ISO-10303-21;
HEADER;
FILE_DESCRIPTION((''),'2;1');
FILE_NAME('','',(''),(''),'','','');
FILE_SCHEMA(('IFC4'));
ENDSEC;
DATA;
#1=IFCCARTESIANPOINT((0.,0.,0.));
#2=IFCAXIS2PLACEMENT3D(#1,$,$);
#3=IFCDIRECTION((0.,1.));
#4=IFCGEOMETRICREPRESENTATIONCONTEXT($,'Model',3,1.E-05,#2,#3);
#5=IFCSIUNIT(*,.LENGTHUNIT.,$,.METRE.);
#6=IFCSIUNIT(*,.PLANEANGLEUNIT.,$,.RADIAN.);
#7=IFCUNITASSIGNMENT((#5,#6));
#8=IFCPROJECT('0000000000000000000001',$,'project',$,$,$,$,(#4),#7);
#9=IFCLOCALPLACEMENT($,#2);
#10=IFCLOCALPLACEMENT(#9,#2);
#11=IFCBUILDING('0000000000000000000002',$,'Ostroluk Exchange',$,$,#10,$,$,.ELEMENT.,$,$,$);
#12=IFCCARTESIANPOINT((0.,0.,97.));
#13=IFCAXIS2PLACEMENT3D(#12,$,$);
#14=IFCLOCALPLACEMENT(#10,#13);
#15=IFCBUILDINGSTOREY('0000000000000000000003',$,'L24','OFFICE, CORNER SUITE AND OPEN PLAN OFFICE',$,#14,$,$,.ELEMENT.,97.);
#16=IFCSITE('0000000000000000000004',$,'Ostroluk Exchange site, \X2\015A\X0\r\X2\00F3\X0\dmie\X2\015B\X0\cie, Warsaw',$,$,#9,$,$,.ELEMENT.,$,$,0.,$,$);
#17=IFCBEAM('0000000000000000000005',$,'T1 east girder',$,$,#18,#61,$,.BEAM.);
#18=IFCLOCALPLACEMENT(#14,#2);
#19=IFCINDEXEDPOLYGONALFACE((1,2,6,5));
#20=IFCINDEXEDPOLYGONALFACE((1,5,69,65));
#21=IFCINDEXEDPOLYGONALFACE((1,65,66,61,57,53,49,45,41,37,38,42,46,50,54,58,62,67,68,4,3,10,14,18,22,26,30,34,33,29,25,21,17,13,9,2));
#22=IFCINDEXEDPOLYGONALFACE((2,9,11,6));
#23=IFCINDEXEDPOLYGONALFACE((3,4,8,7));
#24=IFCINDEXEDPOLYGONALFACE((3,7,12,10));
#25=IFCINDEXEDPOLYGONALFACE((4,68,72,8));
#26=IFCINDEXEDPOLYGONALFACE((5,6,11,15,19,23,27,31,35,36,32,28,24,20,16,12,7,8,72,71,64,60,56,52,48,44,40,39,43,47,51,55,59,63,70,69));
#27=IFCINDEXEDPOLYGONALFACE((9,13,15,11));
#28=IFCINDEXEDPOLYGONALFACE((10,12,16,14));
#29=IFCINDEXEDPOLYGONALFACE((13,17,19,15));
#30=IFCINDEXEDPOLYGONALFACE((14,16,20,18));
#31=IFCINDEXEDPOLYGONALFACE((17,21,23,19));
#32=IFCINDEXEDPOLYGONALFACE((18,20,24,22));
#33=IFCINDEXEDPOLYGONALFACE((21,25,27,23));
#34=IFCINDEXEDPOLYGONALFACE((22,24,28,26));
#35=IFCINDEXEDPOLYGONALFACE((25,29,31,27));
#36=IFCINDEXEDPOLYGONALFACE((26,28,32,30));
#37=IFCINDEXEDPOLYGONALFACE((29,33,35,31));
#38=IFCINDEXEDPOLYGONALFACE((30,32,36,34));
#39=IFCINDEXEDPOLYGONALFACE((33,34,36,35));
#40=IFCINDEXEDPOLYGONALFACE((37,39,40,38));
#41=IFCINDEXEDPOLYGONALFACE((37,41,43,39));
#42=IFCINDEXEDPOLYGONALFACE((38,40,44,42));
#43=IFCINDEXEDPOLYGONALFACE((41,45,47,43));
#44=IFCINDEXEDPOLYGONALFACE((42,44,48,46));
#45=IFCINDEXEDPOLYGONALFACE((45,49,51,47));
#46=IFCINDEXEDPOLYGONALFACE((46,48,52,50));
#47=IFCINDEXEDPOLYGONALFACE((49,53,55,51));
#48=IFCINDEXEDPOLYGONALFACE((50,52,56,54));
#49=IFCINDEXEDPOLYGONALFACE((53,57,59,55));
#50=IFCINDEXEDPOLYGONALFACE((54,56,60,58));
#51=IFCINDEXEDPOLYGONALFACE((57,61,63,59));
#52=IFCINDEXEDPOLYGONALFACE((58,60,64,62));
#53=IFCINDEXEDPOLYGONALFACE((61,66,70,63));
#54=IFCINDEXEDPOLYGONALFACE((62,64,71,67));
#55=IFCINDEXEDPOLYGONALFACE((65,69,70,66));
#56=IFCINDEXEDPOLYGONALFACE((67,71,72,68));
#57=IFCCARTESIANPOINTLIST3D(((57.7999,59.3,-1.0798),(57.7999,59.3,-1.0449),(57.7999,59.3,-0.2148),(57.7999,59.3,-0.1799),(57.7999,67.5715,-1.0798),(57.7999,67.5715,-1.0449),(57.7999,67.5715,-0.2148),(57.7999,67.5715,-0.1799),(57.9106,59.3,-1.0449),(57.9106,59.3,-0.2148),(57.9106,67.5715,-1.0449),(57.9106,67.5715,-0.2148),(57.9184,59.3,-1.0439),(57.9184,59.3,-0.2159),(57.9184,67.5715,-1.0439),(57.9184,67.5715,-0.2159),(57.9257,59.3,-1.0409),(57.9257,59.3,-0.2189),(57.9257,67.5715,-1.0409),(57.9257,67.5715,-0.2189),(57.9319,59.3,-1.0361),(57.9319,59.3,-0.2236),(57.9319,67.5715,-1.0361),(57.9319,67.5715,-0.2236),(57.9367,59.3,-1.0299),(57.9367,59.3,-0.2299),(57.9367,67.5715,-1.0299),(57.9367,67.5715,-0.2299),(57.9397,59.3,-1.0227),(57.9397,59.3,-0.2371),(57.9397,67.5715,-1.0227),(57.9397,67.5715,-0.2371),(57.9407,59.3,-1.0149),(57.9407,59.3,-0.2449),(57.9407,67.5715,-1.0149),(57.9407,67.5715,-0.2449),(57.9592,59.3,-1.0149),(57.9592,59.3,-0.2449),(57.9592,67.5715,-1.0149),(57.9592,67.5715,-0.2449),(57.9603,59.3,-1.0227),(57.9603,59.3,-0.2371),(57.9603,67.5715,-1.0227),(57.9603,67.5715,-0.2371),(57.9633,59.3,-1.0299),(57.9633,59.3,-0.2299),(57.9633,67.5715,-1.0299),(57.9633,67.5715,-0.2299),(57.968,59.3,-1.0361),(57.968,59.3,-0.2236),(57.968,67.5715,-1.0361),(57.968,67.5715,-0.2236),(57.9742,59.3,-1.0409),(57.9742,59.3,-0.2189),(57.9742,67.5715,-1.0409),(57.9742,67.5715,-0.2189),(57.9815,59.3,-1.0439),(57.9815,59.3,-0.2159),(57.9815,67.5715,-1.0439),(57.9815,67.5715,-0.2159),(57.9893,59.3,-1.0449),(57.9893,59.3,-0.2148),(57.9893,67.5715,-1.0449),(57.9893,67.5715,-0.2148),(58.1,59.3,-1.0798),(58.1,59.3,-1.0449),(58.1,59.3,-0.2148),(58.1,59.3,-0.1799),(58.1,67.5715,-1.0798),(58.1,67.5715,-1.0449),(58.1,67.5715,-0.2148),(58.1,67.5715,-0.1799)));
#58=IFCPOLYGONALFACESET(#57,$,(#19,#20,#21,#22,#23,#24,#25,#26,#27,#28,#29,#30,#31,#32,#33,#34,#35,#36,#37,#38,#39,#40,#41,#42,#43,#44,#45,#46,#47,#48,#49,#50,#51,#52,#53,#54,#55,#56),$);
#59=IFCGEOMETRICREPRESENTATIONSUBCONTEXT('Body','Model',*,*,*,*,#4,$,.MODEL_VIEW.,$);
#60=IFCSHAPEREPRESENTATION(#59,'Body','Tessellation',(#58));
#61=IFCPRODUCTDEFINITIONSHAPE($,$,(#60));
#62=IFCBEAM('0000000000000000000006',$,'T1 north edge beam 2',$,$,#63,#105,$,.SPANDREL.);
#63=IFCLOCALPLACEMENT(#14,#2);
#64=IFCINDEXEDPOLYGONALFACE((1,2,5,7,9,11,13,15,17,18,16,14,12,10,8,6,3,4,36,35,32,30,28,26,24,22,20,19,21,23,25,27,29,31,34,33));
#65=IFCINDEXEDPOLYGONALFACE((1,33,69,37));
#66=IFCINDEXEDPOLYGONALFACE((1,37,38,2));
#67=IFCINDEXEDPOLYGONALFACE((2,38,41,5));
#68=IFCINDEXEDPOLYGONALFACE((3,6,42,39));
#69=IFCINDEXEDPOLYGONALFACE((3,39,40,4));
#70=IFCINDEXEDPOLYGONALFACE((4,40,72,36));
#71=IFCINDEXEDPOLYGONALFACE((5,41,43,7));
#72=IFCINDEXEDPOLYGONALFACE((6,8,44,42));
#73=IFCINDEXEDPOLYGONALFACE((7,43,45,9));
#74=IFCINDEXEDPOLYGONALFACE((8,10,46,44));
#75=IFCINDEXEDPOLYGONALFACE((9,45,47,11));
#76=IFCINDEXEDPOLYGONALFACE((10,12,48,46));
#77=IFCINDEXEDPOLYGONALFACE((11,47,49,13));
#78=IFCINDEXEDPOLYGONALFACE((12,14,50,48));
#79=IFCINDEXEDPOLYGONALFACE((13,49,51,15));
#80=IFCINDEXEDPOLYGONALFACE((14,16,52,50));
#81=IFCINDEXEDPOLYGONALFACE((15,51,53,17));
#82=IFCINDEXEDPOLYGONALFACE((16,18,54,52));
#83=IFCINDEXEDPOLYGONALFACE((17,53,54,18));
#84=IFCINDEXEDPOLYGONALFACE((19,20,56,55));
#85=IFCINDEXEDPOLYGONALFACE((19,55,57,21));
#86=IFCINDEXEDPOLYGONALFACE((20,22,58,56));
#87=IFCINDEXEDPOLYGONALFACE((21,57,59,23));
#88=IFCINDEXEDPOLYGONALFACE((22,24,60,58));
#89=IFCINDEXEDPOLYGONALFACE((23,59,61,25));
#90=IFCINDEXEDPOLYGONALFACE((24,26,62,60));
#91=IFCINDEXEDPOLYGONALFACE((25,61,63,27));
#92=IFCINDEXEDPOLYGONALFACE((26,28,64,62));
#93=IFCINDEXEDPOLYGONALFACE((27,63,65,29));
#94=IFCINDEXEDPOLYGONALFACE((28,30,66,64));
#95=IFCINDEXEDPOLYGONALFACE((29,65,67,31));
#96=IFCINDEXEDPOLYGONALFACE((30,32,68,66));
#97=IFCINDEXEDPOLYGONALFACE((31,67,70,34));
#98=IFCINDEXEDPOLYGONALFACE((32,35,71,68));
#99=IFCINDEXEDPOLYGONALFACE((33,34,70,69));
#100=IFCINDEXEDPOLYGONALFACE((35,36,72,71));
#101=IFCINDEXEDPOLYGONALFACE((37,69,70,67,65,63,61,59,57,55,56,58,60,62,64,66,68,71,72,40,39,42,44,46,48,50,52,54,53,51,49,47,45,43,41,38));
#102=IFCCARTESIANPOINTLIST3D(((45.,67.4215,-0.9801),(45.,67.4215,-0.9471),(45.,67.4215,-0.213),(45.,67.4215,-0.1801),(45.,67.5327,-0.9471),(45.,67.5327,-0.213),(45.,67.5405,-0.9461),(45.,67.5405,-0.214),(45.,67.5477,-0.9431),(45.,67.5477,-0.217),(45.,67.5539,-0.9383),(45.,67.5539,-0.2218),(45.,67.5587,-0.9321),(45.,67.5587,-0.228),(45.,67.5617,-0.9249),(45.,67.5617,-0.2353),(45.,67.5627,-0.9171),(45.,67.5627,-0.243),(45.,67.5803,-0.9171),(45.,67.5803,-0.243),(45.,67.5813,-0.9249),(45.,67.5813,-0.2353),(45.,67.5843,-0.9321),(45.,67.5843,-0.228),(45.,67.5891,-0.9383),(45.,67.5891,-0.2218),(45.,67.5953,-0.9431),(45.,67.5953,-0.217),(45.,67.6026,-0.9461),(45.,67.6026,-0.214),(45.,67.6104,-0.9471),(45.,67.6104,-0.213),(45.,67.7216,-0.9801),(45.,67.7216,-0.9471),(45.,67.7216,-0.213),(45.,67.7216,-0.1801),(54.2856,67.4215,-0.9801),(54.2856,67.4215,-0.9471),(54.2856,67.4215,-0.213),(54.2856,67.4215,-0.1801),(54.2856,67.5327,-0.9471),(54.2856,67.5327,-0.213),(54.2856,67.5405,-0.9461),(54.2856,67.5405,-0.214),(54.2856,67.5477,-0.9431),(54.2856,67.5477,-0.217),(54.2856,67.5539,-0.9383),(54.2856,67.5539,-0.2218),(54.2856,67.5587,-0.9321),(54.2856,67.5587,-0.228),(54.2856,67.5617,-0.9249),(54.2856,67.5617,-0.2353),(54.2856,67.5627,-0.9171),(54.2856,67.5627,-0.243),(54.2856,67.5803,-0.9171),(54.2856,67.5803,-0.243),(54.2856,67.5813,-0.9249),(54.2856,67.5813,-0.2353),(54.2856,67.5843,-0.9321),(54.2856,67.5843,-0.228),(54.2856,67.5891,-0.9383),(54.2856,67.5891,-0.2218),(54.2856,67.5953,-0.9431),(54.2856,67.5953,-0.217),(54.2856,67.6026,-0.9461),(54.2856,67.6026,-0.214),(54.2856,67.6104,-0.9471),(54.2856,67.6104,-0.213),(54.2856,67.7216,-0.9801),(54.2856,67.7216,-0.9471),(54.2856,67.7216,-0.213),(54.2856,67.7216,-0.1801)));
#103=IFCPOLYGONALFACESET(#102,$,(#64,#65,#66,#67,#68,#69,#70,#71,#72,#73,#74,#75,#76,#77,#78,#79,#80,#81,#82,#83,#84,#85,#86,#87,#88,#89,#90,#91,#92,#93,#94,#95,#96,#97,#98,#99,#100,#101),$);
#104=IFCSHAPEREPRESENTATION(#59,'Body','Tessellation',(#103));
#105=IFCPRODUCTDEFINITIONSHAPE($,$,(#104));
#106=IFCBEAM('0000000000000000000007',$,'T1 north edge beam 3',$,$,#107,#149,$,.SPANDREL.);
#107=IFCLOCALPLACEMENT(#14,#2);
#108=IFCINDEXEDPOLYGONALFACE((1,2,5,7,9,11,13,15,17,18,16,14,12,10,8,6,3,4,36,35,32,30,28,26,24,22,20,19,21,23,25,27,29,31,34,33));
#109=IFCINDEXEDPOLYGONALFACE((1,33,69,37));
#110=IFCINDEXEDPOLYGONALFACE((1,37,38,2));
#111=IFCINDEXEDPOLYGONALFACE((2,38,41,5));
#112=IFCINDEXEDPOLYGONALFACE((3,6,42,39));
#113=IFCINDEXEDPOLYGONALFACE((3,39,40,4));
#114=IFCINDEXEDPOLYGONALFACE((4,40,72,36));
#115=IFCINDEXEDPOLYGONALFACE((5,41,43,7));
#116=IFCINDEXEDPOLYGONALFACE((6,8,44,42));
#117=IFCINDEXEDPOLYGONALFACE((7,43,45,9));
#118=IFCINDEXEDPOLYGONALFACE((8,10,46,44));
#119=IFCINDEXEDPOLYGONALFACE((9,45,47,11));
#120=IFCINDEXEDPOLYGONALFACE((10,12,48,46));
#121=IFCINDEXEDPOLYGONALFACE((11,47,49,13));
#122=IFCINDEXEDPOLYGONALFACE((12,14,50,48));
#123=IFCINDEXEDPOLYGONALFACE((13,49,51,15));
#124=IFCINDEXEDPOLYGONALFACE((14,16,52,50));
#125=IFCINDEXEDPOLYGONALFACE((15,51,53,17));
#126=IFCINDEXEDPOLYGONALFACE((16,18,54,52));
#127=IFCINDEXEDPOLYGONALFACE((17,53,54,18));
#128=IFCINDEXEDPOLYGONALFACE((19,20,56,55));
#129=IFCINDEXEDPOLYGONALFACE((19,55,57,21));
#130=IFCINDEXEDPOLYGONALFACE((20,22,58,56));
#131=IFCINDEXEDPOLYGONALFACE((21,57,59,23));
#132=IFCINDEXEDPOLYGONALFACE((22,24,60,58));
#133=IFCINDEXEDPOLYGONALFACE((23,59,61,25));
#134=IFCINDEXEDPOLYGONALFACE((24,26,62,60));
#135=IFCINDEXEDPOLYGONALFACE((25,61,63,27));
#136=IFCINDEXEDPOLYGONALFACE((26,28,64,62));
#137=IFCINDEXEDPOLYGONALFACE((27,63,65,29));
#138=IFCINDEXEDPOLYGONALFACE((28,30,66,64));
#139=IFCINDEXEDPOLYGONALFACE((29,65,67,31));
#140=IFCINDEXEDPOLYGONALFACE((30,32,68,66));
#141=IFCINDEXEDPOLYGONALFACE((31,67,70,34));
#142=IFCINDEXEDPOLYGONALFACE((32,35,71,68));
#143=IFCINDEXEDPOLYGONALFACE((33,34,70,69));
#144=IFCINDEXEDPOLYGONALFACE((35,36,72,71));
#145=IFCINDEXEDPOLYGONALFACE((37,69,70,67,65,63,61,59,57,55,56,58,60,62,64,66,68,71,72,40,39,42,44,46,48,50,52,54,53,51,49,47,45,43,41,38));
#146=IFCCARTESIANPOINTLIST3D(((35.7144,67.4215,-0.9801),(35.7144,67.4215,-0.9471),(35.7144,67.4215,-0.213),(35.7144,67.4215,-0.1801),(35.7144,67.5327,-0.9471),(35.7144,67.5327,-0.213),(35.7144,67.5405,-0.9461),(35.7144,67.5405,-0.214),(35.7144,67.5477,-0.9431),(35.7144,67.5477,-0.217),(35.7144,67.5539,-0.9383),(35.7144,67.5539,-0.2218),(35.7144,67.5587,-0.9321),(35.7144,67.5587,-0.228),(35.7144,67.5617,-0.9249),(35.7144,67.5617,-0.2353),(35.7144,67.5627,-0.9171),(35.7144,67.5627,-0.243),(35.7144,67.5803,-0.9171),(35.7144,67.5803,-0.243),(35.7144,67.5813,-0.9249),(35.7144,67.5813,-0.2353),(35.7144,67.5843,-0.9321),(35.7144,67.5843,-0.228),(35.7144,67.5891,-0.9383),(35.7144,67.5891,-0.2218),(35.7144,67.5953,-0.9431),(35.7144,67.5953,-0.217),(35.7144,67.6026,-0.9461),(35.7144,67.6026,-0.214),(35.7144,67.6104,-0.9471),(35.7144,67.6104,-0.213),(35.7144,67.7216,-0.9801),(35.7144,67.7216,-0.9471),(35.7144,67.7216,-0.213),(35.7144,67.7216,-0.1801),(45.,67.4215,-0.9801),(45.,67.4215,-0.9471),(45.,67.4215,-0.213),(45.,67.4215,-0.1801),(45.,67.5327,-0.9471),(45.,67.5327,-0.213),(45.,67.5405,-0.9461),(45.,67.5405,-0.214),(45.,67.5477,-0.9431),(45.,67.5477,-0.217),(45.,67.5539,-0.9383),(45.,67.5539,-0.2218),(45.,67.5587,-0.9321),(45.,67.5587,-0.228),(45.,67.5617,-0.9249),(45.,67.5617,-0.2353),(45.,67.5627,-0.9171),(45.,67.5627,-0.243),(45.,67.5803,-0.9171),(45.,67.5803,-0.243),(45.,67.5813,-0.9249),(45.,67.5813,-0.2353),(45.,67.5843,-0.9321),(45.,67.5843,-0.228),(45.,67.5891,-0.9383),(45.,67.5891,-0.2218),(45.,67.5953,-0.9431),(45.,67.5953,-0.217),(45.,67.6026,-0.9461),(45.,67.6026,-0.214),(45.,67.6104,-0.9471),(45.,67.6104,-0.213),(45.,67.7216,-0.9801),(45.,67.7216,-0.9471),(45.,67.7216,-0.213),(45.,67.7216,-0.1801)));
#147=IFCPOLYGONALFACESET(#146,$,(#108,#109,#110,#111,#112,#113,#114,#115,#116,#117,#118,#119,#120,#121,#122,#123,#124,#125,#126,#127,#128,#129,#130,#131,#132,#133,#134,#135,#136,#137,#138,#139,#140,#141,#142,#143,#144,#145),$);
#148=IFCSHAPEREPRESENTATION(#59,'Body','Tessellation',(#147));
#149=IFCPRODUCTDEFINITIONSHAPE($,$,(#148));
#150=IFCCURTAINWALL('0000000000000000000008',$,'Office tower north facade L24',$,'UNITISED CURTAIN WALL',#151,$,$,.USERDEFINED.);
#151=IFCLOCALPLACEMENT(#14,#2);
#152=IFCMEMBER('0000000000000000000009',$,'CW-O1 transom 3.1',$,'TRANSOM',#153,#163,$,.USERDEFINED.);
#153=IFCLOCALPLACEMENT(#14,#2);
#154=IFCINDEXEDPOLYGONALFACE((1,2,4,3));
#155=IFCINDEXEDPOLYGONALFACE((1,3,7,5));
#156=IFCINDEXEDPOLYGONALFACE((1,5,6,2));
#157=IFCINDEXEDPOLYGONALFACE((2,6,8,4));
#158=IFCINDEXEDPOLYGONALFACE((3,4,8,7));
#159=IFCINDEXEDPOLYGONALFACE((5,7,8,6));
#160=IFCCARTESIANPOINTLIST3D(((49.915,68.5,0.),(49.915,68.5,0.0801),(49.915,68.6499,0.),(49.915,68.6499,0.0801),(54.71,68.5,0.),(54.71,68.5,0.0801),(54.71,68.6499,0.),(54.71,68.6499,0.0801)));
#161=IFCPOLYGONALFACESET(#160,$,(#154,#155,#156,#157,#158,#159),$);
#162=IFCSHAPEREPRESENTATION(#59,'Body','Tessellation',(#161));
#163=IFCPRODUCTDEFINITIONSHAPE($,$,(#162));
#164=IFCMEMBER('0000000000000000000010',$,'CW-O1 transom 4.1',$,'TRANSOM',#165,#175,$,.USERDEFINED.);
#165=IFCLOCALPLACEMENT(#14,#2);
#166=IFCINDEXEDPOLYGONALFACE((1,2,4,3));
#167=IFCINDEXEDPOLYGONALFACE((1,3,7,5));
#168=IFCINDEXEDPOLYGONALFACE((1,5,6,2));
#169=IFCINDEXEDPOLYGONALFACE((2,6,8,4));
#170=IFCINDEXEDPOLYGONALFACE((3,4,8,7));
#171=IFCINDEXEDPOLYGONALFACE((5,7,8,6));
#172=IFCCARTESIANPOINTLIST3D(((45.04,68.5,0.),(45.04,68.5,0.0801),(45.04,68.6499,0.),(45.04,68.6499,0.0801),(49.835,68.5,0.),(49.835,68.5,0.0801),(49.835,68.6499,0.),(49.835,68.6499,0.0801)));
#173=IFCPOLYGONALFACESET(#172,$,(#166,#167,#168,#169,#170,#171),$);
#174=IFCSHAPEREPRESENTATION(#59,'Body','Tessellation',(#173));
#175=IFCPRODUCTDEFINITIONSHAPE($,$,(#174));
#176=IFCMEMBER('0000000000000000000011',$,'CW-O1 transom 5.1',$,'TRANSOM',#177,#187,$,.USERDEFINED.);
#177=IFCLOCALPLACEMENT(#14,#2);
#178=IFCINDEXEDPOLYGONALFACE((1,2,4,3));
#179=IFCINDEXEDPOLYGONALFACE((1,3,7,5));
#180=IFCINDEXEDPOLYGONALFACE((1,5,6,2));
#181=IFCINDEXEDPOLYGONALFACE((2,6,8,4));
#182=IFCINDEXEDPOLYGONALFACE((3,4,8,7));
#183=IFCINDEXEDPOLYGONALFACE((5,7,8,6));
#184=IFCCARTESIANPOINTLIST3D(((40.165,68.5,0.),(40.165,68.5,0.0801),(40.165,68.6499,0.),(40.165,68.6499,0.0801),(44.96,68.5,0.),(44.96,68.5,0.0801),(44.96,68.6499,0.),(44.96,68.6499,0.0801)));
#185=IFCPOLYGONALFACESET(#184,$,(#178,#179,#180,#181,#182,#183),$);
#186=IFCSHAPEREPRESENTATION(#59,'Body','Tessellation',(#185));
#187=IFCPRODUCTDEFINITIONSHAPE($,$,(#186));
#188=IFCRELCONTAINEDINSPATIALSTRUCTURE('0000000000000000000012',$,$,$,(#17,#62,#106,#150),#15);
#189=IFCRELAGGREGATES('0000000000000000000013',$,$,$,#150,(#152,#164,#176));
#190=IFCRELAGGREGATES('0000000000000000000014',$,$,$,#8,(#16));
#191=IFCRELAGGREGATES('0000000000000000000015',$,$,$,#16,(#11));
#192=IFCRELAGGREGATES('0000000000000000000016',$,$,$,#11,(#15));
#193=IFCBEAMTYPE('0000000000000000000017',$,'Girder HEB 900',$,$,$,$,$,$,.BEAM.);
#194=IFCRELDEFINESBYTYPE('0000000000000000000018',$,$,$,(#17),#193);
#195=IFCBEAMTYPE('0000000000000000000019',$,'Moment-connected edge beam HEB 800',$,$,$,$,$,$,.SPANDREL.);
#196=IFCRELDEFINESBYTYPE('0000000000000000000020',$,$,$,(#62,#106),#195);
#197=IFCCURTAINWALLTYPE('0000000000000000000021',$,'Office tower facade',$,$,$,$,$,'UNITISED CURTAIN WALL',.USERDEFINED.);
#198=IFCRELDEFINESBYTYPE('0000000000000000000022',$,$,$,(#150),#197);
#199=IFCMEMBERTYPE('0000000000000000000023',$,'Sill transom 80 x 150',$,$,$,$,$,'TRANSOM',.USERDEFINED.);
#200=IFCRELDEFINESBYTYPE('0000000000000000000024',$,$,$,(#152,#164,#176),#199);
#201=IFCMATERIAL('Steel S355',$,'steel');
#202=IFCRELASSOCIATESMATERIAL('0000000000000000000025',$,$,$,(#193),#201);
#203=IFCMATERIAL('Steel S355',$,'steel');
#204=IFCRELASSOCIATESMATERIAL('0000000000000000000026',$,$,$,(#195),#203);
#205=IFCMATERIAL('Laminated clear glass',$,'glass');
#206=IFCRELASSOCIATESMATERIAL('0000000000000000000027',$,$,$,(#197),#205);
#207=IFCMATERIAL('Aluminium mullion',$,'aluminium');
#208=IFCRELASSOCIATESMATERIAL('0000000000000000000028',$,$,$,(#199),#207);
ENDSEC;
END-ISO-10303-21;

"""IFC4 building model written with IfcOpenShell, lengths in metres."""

from ifc_helpers import new_model, si_unit, direction, frame, origin, origin_2d, place, context, subcontext, project, spatial, rectangle, i_section, extrude, material, material_profile, profile_set, type_object, element, aggregate, save


model = new_model("IFC4")

# Units and contexts
model_context = context("Model", 3, precision=1e-05, world=origin(), true_north=direction((0.0, 1.0)))
body_context = subcontext(model_context, "Body", "Model", "MODEL_VIEW")
ifc_project = project(units=[si_unit("LENGTHUNIT", "METRE"), si_unit("PLANEANGLEUNIT", "RADIAN")], contexts=[model_context])

# Site, building, storey
site_placement = place(None, origin())
site = spatial("IfcSite", under=ifc_project, at=site_placement, Name="Ostroluk Exchange site, Śródmieście, Warsaw", CompositionType="ELEMENT", RefElevation=0.0)
building_placement = place(site_placement, origin())
building = spatial("IfcBuilding", under=site, at=building_placement, Name="Ostroluk Exchange", CompositionType="ELEMENT")
storey_placement = place(building_placement, frame((0.0, 0.0, 97.0)))
storey = spatial("IfcBuildingStorey", under=building, at=storey_placement, Name="L24", Description="OFFICE, CORNER SUITE AND OPEN PLAN OFFICE", CompositionType="ELEMENT", Elevation=97.0)

# Beams
ifc_material_1 = material(Name="Steel S355", Category="steel")
ifc_material_profile_1 = material_profile(ifc_material_1, i_section(OverallWidth=0.3, OverallDepth=0.8999, WebThickness=0.0186, FlangeThickness=0.0349, FilletRadius=0.03, at=origin_2d()), Name="HEB 900")
ifc_profile_set_1 = profile_set([ifc_material_profile_1], Name="Steel S355")
beam_type_1 = type_object("IfcBeamType", Name="Girder HEB 900", PredefinedType="BEAM", material=ifc_profile_set_1)
beam_placement = place(storey_placement, frame((57.95, 59.3, -0.6299), z_axis=(0.0, 1.0, 0.0), x_axis=(-1.0, 0.0, 0.0)))
element("IfcBeam", 1, at=beam_placement, inside=storey, type_object=beam_type_1, Name="T1 east girder", PredefinedType="BEAM", context=body_context, shape_type="SweptSolid", body=[
    extrude(i_section(OverallWidth=0.3, OverallDepth=0.8999, WebThickness=0.0186, FlangeThickness=0.0349, FilletRadius=0.03, at=origin_2d()), origin(), (0.0, 0.0, 1.0), 8.2715),
])
ifc_material_2 = material(Name="Steel S355", Category="steel")
ifc_material_profile_2 = material_profile(ifc_material_2, i_section(OverallWidth=0.3, OverallDepth=0.8, WebThickness=0.0176, FlangeThickness=0.033, FilletRadius=0.03, at=origin_2d()), Name="HEB 800")
ifc_profile_set_2 = profile_set([ifc_material_profile_2], Name="Steel S355")
beam_type_2 = type_object("IfcBeamType", Name="Moment-connected edge beam HEB 800", PredefinedType="SPANDREL", material=ifc_profile_set_2)
for number, where, z_axis, x_axis, name in (
    (2, (54.2856, 67.5715, -0.5801), (-1.0, 0.0, 0.0), (0.0, -1.0, 0.0), "T1 north edge beam 2"),
    (3, (45.0, 67.5715, -0.5801), (-1.0, 0.0, 0.0), (0.0, -1.0, 0.0), "T1 north edge beam 3"),
):
    element("IfcBeam", number, at=place(storey_placement, frame(where, z_axis=z_axis, x_axis=x_axis)), inside=storey, type_object=beam_type_2, Name=name, PredefinedType="SPANDREL", context=body_context, shape_type="SweptSolid", body=[
        extrude(i_section(OverallWidth=0.3, OverallDepth=0.8, WebThickness=0.0176, FlangeThickness=0.033, FilletRadius=0.03, at=origin_2d()), origin(), (0.0, 0.0, 1.0), 9.2856),
    ])

# Curtain wall, members
ifc_material_3 = material(Name="Laminated clear glass", Category="glass")
curtain_wall_type = type_object("IfcCurtainWallType", Name="Office tower facade", ElementType="UNITISED CURTAIN WALL", PredefinedType="USERDEFINED", material=ifc_material_3)
curtain_wall_placement = place(storey_placement, origin())
curtain_wall = element("IfcCurtainWall", 4, at=curtain_wall_placement, inside=storey, type_object=curtain_wall_type, Name="Office tower north facade L24", ObjectType="UNITISED CURTAIN WALL", PredefinedType="USERDEFINED")
ifc_material_4 = material(Name="Aluminium mullion", Category="aluminium")
ifc_material_profile_3 = material_profile(ifc_material_4, rectangle(XDim=0.1499, YDim=0.0801, at=origin_2d()), Name="Sill transom 80 x 150")
ifc_profile_set_3 = profile_set([ifc_material_profile_3], Name="Aluminium mullion")
member_type_1 = type_object("IfcMemberType", Name="Sill transom 80 x 150", ElementType="TRANSOM", PredefinedType="USERDEFINED", material=ifc_profile_set_3)
member_1_placement = place(storey_placement, frame((54.71, 68.575, 0.04), z_axis=(-1.0, 0.0, 0.0), x_axis=(0.0, -1.0, 0.0)))
member_1 = element("IfcMember", 5, at=member_1_placement, type_object=member_type_1, Name="CW-O1 transom 3.1", ObjectType="TRANSOM", PredefinedType="USERDEFINED", context=body_context, shape_type="SweptSolid", body=[
    extrude(rectangle(XDim=0.1499, YDim=0.0801, at=origin_2d()), origin(), (0.0, 0.0, 1.0), 4.7949),
])
member_2_placement = place(storey_placement, frame((49.835, 68.575, 0.04), z_axis=(-1.0, 0.0, 0.0), x_axis=(0.0, -1.0, 0.0)))
member_2 = element("IfcMember", 6, at=member_2_placement, type_object=member_type_1, Name="CW-O1 transom 4.1", ObjectType="TRANSOM", PredefinedType="USERDEFINED", context=body_context, shape_type="SweptSolid", body=[
    extrude(rectangle(XDim=0.1499, YDim=0.0801, at=origin_2d()), origin(), (0.0, 0.0, 1.0), 4.7949),
])
member_3_placement = place(storey_placement, frame((44.96, 68.575, 0.04), z_axis=(-1.0, 0.0, 0.0), x_axis=(0.0, -1.0, 0.0)))
member_3 = element("IfcMember", 7, at=member_3_placement, type_object=member_type_1, Name="CW-O1 transom 5.1", ObjectType="TRANSOM", PredefinedType="USERDEFINED", context=body_context, shape_type="SweptSolid", body=[
    extrude(rectangle(XDim=0.1499, YDim=0.0801, at=origin_2d()), origin(), (0.0, 0.0, 1.0), 4.7949),
])
aggregate(curtain_wall, [member_1, member_2, member_3])

save(model, "model.ifc")
